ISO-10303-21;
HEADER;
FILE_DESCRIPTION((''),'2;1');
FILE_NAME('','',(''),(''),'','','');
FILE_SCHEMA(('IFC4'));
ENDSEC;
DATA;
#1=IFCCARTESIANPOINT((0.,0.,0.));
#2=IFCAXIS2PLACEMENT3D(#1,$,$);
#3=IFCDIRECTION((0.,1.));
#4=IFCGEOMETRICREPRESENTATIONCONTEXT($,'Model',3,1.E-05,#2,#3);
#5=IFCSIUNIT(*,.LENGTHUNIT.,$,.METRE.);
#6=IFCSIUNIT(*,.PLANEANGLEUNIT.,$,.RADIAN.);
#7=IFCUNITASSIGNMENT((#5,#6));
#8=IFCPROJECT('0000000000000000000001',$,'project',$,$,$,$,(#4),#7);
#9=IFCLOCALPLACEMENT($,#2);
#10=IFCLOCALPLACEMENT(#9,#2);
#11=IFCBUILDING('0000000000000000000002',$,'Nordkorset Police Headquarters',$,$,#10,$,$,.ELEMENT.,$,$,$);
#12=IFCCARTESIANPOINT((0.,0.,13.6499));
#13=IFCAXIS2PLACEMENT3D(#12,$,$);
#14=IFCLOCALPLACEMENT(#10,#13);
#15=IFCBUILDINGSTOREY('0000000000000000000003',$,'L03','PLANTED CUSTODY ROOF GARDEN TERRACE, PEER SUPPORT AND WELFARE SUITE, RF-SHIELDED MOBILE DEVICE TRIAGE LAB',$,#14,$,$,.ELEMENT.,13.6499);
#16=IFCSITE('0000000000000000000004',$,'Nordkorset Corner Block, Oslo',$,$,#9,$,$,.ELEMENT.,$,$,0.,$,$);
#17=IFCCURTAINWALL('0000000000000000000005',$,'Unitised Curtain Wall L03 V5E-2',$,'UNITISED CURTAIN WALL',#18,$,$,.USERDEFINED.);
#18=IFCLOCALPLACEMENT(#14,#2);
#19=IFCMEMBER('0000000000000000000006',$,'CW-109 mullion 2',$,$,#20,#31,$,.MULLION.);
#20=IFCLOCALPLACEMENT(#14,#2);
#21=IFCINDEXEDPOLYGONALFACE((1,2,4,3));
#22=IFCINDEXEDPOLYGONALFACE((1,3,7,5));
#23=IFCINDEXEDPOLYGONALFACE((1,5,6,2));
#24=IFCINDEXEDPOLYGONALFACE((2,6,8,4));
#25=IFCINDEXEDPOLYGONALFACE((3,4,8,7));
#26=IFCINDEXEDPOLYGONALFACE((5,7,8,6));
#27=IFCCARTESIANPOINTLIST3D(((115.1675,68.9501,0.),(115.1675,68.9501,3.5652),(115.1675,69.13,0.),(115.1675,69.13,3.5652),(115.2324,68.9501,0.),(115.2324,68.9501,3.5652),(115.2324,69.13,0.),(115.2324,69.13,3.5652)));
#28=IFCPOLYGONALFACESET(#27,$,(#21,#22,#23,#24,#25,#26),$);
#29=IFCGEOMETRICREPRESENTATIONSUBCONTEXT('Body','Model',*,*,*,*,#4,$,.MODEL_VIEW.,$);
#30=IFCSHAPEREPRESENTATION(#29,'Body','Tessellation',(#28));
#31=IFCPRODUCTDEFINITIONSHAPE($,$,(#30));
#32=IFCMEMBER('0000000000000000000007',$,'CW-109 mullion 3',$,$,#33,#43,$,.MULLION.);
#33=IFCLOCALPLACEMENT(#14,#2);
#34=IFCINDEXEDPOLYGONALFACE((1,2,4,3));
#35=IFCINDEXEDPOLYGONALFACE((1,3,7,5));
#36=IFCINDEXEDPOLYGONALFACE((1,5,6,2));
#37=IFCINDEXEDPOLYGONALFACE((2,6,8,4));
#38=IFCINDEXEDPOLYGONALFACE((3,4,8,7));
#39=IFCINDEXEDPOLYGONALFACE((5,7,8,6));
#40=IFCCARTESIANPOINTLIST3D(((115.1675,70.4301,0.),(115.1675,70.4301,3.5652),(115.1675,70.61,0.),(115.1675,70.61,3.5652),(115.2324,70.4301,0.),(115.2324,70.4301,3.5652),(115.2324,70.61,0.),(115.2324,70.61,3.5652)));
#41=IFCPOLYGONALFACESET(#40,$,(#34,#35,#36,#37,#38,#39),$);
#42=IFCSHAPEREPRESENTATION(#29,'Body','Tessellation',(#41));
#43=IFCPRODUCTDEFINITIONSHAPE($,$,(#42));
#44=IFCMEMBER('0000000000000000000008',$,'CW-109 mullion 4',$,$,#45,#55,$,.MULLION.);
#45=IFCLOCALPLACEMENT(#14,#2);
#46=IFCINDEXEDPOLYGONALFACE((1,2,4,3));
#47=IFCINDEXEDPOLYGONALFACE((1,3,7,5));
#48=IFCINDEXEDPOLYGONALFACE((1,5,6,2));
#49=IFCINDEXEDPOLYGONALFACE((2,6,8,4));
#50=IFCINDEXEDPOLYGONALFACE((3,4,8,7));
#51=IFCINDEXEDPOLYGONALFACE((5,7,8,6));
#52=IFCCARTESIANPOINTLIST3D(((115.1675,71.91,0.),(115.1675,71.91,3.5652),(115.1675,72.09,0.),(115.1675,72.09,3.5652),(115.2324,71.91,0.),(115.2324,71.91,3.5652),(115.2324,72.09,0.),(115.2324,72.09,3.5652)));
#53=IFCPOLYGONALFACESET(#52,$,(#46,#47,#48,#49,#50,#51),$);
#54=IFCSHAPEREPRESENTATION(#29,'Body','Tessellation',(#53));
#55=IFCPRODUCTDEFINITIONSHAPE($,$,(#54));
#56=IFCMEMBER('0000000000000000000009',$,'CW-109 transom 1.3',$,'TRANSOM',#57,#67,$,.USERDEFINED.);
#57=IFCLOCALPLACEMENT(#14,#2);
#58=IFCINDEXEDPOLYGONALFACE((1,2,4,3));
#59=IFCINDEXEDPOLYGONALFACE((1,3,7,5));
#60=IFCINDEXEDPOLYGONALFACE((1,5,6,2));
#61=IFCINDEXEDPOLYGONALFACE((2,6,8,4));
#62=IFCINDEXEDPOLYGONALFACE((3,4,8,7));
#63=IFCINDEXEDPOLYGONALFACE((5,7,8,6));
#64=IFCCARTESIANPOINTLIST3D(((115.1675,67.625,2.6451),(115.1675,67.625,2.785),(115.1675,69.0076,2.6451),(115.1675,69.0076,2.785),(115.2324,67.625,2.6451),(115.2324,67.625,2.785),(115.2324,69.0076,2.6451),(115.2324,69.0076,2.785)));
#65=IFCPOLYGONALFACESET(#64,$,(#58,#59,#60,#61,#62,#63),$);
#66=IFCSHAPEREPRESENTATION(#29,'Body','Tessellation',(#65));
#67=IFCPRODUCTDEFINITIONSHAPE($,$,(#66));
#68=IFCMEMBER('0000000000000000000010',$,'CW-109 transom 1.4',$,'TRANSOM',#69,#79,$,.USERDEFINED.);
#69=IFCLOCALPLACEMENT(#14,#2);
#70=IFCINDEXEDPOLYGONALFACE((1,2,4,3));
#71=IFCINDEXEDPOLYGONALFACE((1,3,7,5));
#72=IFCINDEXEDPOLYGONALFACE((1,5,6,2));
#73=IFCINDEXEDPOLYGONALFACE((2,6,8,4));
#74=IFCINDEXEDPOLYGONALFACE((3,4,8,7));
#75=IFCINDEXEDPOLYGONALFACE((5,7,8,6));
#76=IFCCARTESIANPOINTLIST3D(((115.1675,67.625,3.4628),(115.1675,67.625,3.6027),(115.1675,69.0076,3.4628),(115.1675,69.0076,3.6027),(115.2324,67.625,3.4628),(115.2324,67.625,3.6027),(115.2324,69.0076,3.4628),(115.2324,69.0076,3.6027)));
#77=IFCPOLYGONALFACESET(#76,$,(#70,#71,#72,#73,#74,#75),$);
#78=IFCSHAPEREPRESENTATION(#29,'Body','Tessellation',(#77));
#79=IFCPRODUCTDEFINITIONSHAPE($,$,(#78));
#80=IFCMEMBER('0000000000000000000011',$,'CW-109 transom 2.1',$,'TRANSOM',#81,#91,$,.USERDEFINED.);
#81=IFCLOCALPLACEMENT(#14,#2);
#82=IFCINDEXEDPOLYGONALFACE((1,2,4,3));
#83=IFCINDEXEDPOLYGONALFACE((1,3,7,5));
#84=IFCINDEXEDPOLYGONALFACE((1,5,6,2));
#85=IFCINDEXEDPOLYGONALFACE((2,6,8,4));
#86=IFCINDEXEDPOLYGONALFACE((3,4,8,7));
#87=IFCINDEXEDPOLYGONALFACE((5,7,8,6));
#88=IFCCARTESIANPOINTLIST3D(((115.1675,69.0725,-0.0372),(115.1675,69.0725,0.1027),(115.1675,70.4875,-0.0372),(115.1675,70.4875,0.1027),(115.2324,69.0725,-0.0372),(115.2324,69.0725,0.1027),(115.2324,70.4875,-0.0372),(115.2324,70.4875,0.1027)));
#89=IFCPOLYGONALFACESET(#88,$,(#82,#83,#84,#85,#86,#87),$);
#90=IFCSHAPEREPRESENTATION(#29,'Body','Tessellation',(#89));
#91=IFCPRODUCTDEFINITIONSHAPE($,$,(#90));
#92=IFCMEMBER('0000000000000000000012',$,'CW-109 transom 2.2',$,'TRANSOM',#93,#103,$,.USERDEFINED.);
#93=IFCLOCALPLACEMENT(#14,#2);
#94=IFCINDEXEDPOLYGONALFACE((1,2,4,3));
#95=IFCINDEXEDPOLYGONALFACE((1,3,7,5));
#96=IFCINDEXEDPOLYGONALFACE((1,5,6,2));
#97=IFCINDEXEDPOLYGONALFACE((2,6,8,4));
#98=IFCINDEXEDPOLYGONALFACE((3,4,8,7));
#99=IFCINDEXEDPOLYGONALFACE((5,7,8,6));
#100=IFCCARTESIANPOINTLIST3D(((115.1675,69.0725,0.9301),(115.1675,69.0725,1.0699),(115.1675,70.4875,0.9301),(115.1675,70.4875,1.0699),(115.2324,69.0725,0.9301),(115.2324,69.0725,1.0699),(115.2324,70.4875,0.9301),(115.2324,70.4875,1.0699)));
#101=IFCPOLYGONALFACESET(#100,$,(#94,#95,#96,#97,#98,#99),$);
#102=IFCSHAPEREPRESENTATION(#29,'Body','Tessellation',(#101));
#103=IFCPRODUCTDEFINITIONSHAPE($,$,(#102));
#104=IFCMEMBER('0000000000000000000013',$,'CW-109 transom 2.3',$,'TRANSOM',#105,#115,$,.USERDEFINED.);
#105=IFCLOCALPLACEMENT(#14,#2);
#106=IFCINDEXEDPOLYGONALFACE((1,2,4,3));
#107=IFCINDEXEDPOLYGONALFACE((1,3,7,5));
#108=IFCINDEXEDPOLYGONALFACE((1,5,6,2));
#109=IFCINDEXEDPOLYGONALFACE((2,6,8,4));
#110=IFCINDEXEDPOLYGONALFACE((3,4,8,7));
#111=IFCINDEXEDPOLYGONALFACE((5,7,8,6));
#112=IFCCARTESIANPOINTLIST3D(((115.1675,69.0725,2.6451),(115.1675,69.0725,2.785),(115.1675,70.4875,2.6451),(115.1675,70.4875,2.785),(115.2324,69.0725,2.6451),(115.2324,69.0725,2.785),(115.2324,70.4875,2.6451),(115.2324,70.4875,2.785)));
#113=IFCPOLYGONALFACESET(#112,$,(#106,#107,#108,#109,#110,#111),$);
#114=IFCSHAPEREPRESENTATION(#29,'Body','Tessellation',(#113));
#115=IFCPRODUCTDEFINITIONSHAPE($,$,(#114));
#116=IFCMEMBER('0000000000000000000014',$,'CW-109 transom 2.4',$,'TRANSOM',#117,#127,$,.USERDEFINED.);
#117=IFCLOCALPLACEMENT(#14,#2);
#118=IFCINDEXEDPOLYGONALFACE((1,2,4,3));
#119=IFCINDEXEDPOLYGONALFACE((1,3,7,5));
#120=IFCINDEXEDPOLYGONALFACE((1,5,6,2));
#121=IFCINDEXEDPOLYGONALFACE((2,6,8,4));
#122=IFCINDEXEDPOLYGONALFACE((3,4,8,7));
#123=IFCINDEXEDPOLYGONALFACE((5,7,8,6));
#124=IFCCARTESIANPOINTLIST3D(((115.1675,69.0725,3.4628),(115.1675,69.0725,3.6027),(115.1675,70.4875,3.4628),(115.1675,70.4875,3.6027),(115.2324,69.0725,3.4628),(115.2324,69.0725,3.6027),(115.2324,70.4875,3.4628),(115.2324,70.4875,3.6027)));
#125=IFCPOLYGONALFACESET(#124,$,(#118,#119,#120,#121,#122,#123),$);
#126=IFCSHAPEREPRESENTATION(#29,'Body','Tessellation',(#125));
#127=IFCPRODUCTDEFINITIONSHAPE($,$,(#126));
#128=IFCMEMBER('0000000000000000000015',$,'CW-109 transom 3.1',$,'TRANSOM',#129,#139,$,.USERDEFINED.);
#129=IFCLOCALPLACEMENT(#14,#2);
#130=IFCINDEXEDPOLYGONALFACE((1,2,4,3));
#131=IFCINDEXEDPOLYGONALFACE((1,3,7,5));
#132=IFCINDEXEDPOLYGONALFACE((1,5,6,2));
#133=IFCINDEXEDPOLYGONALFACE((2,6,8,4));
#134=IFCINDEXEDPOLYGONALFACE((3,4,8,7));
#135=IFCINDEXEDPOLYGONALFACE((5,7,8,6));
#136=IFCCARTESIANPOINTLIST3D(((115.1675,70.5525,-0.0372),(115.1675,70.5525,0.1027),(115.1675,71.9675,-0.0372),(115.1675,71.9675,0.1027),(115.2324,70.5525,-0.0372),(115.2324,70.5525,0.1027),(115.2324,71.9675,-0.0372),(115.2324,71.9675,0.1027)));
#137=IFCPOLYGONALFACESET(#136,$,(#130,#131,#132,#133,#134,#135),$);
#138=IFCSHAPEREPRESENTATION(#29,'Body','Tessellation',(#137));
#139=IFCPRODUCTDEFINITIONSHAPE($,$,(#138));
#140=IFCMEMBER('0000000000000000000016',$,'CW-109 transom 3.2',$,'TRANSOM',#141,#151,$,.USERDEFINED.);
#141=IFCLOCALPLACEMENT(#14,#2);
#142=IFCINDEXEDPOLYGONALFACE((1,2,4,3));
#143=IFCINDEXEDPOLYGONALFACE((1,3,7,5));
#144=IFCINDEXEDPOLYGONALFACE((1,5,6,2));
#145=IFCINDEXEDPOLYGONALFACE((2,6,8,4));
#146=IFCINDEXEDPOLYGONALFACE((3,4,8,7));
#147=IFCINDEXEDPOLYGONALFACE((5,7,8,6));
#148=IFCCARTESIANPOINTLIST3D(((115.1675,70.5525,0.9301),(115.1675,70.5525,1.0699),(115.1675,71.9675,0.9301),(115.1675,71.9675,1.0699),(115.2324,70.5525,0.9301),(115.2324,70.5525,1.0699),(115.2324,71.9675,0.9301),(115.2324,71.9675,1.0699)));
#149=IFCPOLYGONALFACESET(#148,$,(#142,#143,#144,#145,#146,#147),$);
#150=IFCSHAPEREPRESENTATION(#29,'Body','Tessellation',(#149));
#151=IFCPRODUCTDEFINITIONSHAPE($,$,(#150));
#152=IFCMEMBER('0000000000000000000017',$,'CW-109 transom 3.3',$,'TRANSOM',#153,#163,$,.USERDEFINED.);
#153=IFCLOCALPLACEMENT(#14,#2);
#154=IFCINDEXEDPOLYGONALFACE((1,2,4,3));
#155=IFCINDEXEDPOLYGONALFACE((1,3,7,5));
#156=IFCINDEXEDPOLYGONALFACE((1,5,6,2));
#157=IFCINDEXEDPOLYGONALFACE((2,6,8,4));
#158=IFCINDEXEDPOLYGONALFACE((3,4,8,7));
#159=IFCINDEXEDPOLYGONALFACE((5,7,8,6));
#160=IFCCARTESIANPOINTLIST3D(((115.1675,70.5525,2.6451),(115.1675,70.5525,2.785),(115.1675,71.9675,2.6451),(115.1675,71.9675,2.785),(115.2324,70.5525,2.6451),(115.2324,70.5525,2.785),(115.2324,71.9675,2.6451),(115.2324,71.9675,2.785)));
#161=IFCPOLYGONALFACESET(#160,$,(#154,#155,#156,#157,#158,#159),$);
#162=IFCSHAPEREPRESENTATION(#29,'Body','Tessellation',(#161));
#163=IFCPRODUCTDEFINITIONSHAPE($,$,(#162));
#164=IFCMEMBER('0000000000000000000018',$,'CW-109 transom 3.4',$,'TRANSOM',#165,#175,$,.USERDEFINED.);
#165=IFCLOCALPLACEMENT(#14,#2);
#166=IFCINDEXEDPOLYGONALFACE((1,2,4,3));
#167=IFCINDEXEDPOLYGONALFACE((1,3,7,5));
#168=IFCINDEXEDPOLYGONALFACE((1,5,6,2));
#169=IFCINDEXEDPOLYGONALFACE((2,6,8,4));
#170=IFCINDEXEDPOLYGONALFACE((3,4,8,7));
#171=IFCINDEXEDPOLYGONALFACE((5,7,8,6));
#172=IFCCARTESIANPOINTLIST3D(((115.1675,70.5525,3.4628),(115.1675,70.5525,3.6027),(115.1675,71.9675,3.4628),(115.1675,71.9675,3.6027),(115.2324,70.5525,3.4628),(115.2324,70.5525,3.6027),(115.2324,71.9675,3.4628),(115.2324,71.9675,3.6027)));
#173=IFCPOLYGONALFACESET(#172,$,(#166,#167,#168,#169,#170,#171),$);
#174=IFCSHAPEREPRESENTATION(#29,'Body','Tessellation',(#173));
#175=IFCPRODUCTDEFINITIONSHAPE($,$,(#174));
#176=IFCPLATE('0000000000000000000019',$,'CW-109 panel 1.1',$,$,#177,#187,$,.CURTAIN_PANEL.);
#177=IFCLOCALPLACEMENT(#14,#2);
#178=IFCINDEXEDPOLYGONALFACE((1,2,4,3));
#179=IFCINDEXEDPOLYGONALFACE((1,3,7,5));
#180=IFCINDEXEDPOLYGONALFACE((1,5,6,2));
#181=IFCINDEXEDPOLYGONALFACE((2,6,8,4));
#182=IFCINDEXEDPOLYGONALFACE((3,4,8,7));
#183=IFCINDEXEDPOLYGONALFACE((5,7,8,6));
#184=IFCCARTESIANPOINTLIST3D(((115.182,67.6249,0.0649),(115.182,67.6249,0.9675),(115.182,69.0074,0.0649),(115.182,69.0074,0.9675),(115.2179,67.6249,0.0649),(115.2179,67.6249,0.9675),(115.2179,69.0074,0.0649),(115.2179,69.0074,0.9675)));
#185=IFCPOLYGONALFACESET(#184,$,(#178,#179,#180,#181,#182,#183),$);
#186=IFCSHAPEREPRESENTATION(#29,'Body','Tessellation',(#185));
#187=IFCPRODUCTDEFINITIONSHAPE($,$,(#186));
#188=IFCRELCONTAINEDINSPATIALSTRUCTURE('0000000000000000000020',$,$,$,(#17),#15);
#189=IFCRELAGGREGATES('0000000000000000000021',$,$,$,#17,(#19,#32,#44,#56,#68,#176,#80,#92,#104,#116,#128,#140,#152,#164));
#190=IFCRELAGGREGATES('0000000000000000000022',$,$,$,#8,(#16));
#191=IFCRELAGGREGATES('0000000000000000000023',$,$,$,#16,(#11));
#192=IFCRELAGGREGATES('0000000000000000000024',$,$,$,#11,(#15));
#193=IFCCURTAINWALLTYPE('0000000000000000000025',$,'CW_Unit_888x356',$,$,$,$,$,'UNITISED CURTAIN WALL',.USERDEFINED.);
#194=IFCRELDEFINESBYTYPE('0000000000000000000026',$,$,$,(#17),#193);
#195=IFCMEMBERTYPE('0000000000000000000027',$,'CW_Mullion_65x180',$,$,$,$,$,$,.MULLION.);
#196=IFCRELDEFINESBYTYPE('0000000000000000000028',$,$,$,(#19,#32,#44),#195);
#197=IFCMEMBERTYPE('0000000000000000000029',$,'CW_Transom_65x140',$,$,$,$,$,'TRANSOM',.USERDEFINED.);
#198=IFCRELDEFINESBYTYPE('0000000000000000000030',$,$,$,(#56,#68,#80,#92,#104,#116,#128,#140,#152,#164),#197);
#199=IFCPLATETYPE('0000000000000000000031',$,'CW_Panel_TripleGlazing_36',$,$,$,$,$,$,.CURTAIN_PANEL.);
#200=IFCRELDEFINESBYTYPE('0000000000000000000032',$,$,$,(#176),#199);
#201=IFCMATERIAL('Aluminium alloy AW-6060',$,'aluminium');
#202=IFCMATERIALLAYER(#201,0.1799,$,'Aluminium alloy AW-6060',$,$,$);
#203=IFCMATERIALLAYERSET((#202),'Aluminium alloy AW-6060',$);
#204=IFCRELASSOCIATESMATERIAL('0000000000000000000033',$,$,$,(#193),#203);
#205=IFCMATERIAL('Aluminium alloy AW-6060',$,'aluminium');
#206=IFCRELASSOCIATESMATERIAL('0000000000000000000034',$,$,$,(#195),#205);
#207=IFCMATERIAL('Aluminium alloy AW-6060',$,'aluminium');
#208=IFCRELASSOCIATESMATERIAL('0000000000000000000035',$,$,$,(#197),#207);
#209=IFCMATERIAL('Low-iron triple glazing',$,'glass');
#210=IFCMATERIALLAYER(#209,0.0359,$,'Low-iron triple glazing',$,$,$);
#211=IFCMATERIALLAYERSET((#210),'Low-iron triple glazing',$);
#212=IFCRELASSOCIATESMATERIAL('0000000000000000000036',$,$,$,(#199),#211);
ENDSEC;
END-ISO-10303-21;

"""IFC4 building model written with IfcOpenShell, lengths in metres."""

from ifc_helpers import new_model, si_unit, direction, frame, origin, origin_2d, place, context, subcontext, project, spatial, rectangle, extrude, material, layer, layer_set, material_profile, profile_set, type_object, element, aggregate, save


model = new_model("IFC4")

# Units and contexts
model_context = context("Model", 3, precision=1e-05, world=origin(), true_north=direction((0.0, 1.0)))
body_context = subcontext(model_context, "Body", "Model", "MODEL_VIEW")
ifc_project = project(units=[si_unit("LENGTHUNIT", "METRE"), si_unit("PLANEANGLEUNIT", "RADIAN")], contexts=[model_context])

# Site, building, storey
site_placement = place(None, origin())
site = spatial("IfcSite", under=ifc_project, at=site_placement, Name="Nordkorset Corner Block, Oslo", CompositionType="ELEMENT", RefElevation=0.0)
building_placement = place(site_placement, origin())
building = spatial("IfcBuilding", under=site, at=building_placement, Name="Nordkorset Police Headquarters", CompositionType="ELEMENT")
storey_placement = place(building_placement, frame((0.0, 0.0, 13.6499)))
storey = spatial("IfcBuildingStorey", under=building, at=storey_placement, Name="L03", Description="PLANTED CUSTODY ROOF GARDEN TERRACE, PEER SUPPORT AND WELFARE SUITE, RF-SHIELDED MOBILE DEVICE TRIAGE LAB", CompositionType="ELEMENT", Elevation=13.6499)

# Curtain wall, members, plate
ifc_material_1 = material(Name="Aluminium alloy AW-6060", Category="aluminium")
ifc_layer_1 = layer(ifc_material_1, 0.1799, Name="Aluminium alloy AW-6060")
ifc_layer_set_1 = layer_set([ifc_layer_1], Name="Aluminium alloy AW-6060")
curtain_wall_type = type_object("IfcCurtainWallType", Name="CW_Unit_888x356", ElementType="UNITISED CURTAIN WALL", PredefinedType="USERDEFINED", material=ifc_layer_set_1)
curtain_wall_placement = place(storey_placement, origin())
curtain_wall = element("IfcCurtainWall", 1, at=curtain_wall_placement, inside=storey, type_object=curtain_wall_type, Name="Unitised Curtain Wall L03 V5E-2", ObjectType="UNITISED CURTAIN WALL", PredefinedType="USERDEFINED")
ifc_material_2 = material(Name="Aluminium alloy AW-6060", Category="aluminium")
ifc_material_profile_1 = material_profile(ifc_material_2, rectangle(XDim=0.0649, YDim=0.1799, at=origin_2d()), Name="ALU MULL 65x180")
ifc_profile_set_1 = profile_set([ifc_material_profile_1], Name="Aluminium alloy AW-6060")
member_type_1 = type_object("IfcMemberType", Name="CW_Mullion_65x180", PredefinedType="MULLION", material=ifc_profile_set_1)
member_1_placement = place(storey_placement, frame((115.2, 69.04, 0.0), z_axis=(0.0, 0.0, 1.0), x_axis=(-1.0, 0.0, 0.0)))
member_1 = element("IfcMember", 2, at=member_1_placement, type_object=member_type_1, Name="CW-109 mullion 2", PredefinedType="MULLION", context=body_context, shape_type="SweptSolid", body=[
    extrude(rectangle(XDim=0.0649, YDim=0.1799, at=origin_2d()), origin(), (0.0, 0.0, 1.0), 3.5652),
])
member_2_placement = place(storey_placement, frame((115.2, 70.52, 0.0), z_axis=(0.0, 0.0, 1.0), x_axis=(-1.0, 0.0, 0.0)))
member_2 = element("IfcMember", 3, at=member_2_placement, type_object=member_type_1, Name="CW-109 mullion 3", PredefinedType="MULLION", context=body_context, shape_type="SweptSolid", body=[
    extrude(rectangle(XDim=0.0649, YDim=0.1799, at=origin_2d()), origin(), (0.0, 0.0, 1.0), 3.5652),
])
member_3_placement = place(storey_placement, frame((115.2, 72.0, 0.0), z_axis=(0.0, 0.0, 1.0), x_axis=(-1.0, 0.0, 0.0)))
member_3 = element("IfcMember", 4, at=member_3_placement, type_object=member_type_1, Name="CW-109 mullion 4", PredefinedType="MULLION", context=body_context, shape_type="SweptSolid", body=[
    extrude(rectangle(XDim=0.0649, YDim=0.1799, at=origin_2d()), origin(), (0.0, 0.0, 1.0), 3.5652),
])
ifc_material_3 = material(Name="Aluminium alloy AW-6060", Category="aluminium")
ifc_material_profile_2 = material_profile(ifc_material_3, rectangle(XDim=0.0649, YDim=0.1399, at=origin_2d()), Name="ALU TRAN 65x140")
ifc_profile_set_2 = profile_set([ifc_material_profile_2], Name="Aluminium alloy AW-6060")
member_type_2 = type_object("IfcMemberType", Name="CW_Transom_65x140", ElementType="TRANSOM", PredefinedType="USERDEFINED", material=ifc_profile_set_2)
member_4_placement = place(storey_placement, frame((115.2, 67.625, 2.7151), z_axis=(0.0, 1.0, 0.0), x_axis=(-1.0, 0.0, 0.0)))
member_4 = element("IfcMember", 5, at=member_4_placement, type_object=member_type_2, Name="CW-109 transom 1.3", ObjectType="TRANSOM", PredefinedType="USERDEFINED", context=body_context, shape_type="SweptSolid", body=[
    extrude(rectangle(XDim=0.0649, YDim=0.1399, at=origin_2d()), origin(), (0.0, 0.0, 1.0), 1.3826),
])
member_5_placement = place(storey_placement, frame((115.2, 67.625, 3.5327), z_axis=(0.0, 1.0, 0.0), x_axis=(-1.0, 0.0, 0.0)))
member_5 = element("IfcMember", 6, at=member_5_placement, type_object=member_type_2, Name="CW-109 transom 1.4", ObjectType="TRANSOM", PredefinedType="USERDEFINED", context=body_context, shape_type="SweptSolid", body=[
    extrude(rectangle(XDim=0.0649, YDim=0.1399, at=origin_2d()), origin(), (0.0, 0.0, 1.0), 1.3826),
])
member_6_placement = place(storey_placement, frame((115.2, 69.0725, 0.0327), z_axis=(0.0, 1.0, 0.0), x_axis=(-1.0, 0.0, 0.0)))
member_6 = element("IfcMember", 7, at=member_6_placement, type_object=member_type_2, Name="CW-109 transom 2.1", ObjectType="TRANSOM", PredefinedType="USERDEFINED", context=body_context, shape_type="SweptSolid", body=[
    extrude(rectangle(XDim=0.0649, YDim=0.1399, at=origin_2d()), origin(), (0.0, 0.0, 1.0), 1.415),
])
member_7_placement = place(storey_placement, frame((115.2, 69.0725, 1.0), z_axis=(0.0, 1.0, 0.0), x_axis=(-1.0, 0.0, 0.0)))
member_7 = element("IfcMember", 8, at=member_7_placement, type_object=member_type_2, Name="CW-109 transom 2.2", ObjectType="TRANSOM", PredefinedType="USERDEFINED", context=body_context, shape_type="SweptSolid", body=[
    extrude(rectangle(XDim=0.0649, YDim=0.1399, at=origin_2d()), origin(), (0.0, 0.0, 1.0), 1.415),
])
member_8_placement = place(storey_placement, frame((115.2, 69.0725, 2.7151), z_axis=(0.0, 1.0, 0.0), x_axis=(-1.0, 0.0, 0.0)))
member_8 = element("IfcMember", 9, at=member_8_placement, type_object=member_type_2, Name="CW-109 transom 2.3", ObjectType="TRANSOM", PredefinedType="USERDEFINED", context=body_context, shape_type="SweptSolid", body=[
    extrude(rectangle(XDim=0.0649, YDim=0.1399, at=origin_2d()), origin(), (0.0, 0.0, 1.0), 1.415),
])
member_9_placement = place(storey_placement, frame((115.2, 69.0725, 3.5327), z_axis=(0.0, 1.0, 0.0), x_axis=(-1.0, 0.0, 0.0)))
member_9 = element("IfcMember", 10, at=member_9_placement, type_object=member_type_2, Name="CW-109 transom 2.4", ObjectType="TRANSOM", PredefinedType="USERDEFINED", context=body_context, shape_type="SweptSolid", body=[
    extrude(rectangle(XDim=0.0649, YDim=0.1399, at=origin_2d()), origin(), (0.0, 0.0, 1.0), 1.415),
])
member_10_placement = place(storey_placement, frame((115.2, 70.5525, 0.0327), z_axis=(0.0, 1.0, 0.0), x_axis=(-1.0, 0.0, 0.0)))
member_10 = element("IfcMember", 11, at=member_10_placement, type_object=member_type_2, Name="CW-109 transom 3.1", ObjectType="TRANSOM", PredefinedType="USERDEFINED", context=body_context, shape_type="SweptSolid", body=[
    extrude(rectangle(XDim=0.0649, YDim=0.1399, at=origin_2d()), origin(), (0.0, 0.0, 1.0), 1.415),
])
member_11_placement = place(storey_placement, frame((115.2, 70.5525, 1.0), z_axis=(0.0, 1.0, 0.0), x_axis=(-1.0, 0.0, 0.0)))
member_11 = element("IfcMember", 12, at=member_11_placement, type_object=member_type_2, Name="CW-109 transom 3.2", ObjectType="TRANSOM", PredefinedType="USERDEFINED", context=body_context, shape_type="SweptSolid", body=[
    extrude(rectangle(XDim=0.0649, YDim=0.1399, at=origin_2d()), origin(), (0.0, 0.0, 1.0), 1.415),
])
member_12_placement = place(storey_placement, frame((115.2, 70.5525, 2.7151), z_axis=(0.0, 1.0, 0.0), x_axis=(-1.0, 0.0, 0.0)))
member_12 = element("IfcMember", 13, at=member_12_placement, type_object=member_type_2, Name="CW-109 transom 3.3", ObjectType="TRANSOM", PredefinedType="USERDEFINED", context=body_context, shape_type="SweptSolid", body=[
    extrude(rectangle(XDim=0.0649, YDim=0.1399, at=origin_2d()), origin(), (0.0, 0.0, 1.0), 1.415),
])
member_13_placement = place(storey_placement, frame((115.2, 70.5525, 3.5327), z_axis=(0.0, 1.0, 0.0), x_axis=(-1.0, 0.0, 0.0)))
member_13 = element("IfcMember", 14, at=member_13_placement, type_object=member_type_2, Name="CW-109 transom 3.4", ObjectType="TRANSOM", PredefinedType="USERDEFINED", context=body_context, shape_type="SweptSolid", body=[
    extrude(rectangle(XDim=0.0649, YDim=0.1399, at=origin_2d()), origin(), (0.0, 0.0, 1.0), 1.415),
])
ifc_material_4 = material(Name="Low-iron triple glazing", Category="glass")
ifc_layer_2 = layer(ifc_material_4, 0.0359, Name="Low-iron triple glazing")
ifc_layer_set_2 = layer_set([ifc_layer_2], Name="Low-iron triple glazing")
plate_type = type_object("IfcPlateType", Name="CW_Panel_TripleGlazing_36", PredefinedType="CURTAIN_PANEL", material=ifc_layer_set_2)
plate_1_placement = place(storey_placement, frame((115.2, 68.3162, 0.0649), z_axis=(0.0, 0.0, 1.0), x_axis=(0.0, 1.0, 0.0)))
plate_1 = element("IfcPlate", 15, at=plate_1_placement, type_object=plate_type, Name="CW-109 panel 1.1", PredefinedType="CURTAIN_PANEL", context=body_context, shape_type="SweptSolid", body=[
    extrude(rectangle(XDim=1.3826, YDim=0.0359, at=origin_2d()), origin(), (0.0, 0.0, 1.0), 0.9026),
])
aggregate(curtain_wall, [member_1, member_2, member_3, member_4, member_5, plate_1, member_6, member_7, member_8, member_9, member_10, member_11, member_12, member_13])

save(model, "model.ifc")
